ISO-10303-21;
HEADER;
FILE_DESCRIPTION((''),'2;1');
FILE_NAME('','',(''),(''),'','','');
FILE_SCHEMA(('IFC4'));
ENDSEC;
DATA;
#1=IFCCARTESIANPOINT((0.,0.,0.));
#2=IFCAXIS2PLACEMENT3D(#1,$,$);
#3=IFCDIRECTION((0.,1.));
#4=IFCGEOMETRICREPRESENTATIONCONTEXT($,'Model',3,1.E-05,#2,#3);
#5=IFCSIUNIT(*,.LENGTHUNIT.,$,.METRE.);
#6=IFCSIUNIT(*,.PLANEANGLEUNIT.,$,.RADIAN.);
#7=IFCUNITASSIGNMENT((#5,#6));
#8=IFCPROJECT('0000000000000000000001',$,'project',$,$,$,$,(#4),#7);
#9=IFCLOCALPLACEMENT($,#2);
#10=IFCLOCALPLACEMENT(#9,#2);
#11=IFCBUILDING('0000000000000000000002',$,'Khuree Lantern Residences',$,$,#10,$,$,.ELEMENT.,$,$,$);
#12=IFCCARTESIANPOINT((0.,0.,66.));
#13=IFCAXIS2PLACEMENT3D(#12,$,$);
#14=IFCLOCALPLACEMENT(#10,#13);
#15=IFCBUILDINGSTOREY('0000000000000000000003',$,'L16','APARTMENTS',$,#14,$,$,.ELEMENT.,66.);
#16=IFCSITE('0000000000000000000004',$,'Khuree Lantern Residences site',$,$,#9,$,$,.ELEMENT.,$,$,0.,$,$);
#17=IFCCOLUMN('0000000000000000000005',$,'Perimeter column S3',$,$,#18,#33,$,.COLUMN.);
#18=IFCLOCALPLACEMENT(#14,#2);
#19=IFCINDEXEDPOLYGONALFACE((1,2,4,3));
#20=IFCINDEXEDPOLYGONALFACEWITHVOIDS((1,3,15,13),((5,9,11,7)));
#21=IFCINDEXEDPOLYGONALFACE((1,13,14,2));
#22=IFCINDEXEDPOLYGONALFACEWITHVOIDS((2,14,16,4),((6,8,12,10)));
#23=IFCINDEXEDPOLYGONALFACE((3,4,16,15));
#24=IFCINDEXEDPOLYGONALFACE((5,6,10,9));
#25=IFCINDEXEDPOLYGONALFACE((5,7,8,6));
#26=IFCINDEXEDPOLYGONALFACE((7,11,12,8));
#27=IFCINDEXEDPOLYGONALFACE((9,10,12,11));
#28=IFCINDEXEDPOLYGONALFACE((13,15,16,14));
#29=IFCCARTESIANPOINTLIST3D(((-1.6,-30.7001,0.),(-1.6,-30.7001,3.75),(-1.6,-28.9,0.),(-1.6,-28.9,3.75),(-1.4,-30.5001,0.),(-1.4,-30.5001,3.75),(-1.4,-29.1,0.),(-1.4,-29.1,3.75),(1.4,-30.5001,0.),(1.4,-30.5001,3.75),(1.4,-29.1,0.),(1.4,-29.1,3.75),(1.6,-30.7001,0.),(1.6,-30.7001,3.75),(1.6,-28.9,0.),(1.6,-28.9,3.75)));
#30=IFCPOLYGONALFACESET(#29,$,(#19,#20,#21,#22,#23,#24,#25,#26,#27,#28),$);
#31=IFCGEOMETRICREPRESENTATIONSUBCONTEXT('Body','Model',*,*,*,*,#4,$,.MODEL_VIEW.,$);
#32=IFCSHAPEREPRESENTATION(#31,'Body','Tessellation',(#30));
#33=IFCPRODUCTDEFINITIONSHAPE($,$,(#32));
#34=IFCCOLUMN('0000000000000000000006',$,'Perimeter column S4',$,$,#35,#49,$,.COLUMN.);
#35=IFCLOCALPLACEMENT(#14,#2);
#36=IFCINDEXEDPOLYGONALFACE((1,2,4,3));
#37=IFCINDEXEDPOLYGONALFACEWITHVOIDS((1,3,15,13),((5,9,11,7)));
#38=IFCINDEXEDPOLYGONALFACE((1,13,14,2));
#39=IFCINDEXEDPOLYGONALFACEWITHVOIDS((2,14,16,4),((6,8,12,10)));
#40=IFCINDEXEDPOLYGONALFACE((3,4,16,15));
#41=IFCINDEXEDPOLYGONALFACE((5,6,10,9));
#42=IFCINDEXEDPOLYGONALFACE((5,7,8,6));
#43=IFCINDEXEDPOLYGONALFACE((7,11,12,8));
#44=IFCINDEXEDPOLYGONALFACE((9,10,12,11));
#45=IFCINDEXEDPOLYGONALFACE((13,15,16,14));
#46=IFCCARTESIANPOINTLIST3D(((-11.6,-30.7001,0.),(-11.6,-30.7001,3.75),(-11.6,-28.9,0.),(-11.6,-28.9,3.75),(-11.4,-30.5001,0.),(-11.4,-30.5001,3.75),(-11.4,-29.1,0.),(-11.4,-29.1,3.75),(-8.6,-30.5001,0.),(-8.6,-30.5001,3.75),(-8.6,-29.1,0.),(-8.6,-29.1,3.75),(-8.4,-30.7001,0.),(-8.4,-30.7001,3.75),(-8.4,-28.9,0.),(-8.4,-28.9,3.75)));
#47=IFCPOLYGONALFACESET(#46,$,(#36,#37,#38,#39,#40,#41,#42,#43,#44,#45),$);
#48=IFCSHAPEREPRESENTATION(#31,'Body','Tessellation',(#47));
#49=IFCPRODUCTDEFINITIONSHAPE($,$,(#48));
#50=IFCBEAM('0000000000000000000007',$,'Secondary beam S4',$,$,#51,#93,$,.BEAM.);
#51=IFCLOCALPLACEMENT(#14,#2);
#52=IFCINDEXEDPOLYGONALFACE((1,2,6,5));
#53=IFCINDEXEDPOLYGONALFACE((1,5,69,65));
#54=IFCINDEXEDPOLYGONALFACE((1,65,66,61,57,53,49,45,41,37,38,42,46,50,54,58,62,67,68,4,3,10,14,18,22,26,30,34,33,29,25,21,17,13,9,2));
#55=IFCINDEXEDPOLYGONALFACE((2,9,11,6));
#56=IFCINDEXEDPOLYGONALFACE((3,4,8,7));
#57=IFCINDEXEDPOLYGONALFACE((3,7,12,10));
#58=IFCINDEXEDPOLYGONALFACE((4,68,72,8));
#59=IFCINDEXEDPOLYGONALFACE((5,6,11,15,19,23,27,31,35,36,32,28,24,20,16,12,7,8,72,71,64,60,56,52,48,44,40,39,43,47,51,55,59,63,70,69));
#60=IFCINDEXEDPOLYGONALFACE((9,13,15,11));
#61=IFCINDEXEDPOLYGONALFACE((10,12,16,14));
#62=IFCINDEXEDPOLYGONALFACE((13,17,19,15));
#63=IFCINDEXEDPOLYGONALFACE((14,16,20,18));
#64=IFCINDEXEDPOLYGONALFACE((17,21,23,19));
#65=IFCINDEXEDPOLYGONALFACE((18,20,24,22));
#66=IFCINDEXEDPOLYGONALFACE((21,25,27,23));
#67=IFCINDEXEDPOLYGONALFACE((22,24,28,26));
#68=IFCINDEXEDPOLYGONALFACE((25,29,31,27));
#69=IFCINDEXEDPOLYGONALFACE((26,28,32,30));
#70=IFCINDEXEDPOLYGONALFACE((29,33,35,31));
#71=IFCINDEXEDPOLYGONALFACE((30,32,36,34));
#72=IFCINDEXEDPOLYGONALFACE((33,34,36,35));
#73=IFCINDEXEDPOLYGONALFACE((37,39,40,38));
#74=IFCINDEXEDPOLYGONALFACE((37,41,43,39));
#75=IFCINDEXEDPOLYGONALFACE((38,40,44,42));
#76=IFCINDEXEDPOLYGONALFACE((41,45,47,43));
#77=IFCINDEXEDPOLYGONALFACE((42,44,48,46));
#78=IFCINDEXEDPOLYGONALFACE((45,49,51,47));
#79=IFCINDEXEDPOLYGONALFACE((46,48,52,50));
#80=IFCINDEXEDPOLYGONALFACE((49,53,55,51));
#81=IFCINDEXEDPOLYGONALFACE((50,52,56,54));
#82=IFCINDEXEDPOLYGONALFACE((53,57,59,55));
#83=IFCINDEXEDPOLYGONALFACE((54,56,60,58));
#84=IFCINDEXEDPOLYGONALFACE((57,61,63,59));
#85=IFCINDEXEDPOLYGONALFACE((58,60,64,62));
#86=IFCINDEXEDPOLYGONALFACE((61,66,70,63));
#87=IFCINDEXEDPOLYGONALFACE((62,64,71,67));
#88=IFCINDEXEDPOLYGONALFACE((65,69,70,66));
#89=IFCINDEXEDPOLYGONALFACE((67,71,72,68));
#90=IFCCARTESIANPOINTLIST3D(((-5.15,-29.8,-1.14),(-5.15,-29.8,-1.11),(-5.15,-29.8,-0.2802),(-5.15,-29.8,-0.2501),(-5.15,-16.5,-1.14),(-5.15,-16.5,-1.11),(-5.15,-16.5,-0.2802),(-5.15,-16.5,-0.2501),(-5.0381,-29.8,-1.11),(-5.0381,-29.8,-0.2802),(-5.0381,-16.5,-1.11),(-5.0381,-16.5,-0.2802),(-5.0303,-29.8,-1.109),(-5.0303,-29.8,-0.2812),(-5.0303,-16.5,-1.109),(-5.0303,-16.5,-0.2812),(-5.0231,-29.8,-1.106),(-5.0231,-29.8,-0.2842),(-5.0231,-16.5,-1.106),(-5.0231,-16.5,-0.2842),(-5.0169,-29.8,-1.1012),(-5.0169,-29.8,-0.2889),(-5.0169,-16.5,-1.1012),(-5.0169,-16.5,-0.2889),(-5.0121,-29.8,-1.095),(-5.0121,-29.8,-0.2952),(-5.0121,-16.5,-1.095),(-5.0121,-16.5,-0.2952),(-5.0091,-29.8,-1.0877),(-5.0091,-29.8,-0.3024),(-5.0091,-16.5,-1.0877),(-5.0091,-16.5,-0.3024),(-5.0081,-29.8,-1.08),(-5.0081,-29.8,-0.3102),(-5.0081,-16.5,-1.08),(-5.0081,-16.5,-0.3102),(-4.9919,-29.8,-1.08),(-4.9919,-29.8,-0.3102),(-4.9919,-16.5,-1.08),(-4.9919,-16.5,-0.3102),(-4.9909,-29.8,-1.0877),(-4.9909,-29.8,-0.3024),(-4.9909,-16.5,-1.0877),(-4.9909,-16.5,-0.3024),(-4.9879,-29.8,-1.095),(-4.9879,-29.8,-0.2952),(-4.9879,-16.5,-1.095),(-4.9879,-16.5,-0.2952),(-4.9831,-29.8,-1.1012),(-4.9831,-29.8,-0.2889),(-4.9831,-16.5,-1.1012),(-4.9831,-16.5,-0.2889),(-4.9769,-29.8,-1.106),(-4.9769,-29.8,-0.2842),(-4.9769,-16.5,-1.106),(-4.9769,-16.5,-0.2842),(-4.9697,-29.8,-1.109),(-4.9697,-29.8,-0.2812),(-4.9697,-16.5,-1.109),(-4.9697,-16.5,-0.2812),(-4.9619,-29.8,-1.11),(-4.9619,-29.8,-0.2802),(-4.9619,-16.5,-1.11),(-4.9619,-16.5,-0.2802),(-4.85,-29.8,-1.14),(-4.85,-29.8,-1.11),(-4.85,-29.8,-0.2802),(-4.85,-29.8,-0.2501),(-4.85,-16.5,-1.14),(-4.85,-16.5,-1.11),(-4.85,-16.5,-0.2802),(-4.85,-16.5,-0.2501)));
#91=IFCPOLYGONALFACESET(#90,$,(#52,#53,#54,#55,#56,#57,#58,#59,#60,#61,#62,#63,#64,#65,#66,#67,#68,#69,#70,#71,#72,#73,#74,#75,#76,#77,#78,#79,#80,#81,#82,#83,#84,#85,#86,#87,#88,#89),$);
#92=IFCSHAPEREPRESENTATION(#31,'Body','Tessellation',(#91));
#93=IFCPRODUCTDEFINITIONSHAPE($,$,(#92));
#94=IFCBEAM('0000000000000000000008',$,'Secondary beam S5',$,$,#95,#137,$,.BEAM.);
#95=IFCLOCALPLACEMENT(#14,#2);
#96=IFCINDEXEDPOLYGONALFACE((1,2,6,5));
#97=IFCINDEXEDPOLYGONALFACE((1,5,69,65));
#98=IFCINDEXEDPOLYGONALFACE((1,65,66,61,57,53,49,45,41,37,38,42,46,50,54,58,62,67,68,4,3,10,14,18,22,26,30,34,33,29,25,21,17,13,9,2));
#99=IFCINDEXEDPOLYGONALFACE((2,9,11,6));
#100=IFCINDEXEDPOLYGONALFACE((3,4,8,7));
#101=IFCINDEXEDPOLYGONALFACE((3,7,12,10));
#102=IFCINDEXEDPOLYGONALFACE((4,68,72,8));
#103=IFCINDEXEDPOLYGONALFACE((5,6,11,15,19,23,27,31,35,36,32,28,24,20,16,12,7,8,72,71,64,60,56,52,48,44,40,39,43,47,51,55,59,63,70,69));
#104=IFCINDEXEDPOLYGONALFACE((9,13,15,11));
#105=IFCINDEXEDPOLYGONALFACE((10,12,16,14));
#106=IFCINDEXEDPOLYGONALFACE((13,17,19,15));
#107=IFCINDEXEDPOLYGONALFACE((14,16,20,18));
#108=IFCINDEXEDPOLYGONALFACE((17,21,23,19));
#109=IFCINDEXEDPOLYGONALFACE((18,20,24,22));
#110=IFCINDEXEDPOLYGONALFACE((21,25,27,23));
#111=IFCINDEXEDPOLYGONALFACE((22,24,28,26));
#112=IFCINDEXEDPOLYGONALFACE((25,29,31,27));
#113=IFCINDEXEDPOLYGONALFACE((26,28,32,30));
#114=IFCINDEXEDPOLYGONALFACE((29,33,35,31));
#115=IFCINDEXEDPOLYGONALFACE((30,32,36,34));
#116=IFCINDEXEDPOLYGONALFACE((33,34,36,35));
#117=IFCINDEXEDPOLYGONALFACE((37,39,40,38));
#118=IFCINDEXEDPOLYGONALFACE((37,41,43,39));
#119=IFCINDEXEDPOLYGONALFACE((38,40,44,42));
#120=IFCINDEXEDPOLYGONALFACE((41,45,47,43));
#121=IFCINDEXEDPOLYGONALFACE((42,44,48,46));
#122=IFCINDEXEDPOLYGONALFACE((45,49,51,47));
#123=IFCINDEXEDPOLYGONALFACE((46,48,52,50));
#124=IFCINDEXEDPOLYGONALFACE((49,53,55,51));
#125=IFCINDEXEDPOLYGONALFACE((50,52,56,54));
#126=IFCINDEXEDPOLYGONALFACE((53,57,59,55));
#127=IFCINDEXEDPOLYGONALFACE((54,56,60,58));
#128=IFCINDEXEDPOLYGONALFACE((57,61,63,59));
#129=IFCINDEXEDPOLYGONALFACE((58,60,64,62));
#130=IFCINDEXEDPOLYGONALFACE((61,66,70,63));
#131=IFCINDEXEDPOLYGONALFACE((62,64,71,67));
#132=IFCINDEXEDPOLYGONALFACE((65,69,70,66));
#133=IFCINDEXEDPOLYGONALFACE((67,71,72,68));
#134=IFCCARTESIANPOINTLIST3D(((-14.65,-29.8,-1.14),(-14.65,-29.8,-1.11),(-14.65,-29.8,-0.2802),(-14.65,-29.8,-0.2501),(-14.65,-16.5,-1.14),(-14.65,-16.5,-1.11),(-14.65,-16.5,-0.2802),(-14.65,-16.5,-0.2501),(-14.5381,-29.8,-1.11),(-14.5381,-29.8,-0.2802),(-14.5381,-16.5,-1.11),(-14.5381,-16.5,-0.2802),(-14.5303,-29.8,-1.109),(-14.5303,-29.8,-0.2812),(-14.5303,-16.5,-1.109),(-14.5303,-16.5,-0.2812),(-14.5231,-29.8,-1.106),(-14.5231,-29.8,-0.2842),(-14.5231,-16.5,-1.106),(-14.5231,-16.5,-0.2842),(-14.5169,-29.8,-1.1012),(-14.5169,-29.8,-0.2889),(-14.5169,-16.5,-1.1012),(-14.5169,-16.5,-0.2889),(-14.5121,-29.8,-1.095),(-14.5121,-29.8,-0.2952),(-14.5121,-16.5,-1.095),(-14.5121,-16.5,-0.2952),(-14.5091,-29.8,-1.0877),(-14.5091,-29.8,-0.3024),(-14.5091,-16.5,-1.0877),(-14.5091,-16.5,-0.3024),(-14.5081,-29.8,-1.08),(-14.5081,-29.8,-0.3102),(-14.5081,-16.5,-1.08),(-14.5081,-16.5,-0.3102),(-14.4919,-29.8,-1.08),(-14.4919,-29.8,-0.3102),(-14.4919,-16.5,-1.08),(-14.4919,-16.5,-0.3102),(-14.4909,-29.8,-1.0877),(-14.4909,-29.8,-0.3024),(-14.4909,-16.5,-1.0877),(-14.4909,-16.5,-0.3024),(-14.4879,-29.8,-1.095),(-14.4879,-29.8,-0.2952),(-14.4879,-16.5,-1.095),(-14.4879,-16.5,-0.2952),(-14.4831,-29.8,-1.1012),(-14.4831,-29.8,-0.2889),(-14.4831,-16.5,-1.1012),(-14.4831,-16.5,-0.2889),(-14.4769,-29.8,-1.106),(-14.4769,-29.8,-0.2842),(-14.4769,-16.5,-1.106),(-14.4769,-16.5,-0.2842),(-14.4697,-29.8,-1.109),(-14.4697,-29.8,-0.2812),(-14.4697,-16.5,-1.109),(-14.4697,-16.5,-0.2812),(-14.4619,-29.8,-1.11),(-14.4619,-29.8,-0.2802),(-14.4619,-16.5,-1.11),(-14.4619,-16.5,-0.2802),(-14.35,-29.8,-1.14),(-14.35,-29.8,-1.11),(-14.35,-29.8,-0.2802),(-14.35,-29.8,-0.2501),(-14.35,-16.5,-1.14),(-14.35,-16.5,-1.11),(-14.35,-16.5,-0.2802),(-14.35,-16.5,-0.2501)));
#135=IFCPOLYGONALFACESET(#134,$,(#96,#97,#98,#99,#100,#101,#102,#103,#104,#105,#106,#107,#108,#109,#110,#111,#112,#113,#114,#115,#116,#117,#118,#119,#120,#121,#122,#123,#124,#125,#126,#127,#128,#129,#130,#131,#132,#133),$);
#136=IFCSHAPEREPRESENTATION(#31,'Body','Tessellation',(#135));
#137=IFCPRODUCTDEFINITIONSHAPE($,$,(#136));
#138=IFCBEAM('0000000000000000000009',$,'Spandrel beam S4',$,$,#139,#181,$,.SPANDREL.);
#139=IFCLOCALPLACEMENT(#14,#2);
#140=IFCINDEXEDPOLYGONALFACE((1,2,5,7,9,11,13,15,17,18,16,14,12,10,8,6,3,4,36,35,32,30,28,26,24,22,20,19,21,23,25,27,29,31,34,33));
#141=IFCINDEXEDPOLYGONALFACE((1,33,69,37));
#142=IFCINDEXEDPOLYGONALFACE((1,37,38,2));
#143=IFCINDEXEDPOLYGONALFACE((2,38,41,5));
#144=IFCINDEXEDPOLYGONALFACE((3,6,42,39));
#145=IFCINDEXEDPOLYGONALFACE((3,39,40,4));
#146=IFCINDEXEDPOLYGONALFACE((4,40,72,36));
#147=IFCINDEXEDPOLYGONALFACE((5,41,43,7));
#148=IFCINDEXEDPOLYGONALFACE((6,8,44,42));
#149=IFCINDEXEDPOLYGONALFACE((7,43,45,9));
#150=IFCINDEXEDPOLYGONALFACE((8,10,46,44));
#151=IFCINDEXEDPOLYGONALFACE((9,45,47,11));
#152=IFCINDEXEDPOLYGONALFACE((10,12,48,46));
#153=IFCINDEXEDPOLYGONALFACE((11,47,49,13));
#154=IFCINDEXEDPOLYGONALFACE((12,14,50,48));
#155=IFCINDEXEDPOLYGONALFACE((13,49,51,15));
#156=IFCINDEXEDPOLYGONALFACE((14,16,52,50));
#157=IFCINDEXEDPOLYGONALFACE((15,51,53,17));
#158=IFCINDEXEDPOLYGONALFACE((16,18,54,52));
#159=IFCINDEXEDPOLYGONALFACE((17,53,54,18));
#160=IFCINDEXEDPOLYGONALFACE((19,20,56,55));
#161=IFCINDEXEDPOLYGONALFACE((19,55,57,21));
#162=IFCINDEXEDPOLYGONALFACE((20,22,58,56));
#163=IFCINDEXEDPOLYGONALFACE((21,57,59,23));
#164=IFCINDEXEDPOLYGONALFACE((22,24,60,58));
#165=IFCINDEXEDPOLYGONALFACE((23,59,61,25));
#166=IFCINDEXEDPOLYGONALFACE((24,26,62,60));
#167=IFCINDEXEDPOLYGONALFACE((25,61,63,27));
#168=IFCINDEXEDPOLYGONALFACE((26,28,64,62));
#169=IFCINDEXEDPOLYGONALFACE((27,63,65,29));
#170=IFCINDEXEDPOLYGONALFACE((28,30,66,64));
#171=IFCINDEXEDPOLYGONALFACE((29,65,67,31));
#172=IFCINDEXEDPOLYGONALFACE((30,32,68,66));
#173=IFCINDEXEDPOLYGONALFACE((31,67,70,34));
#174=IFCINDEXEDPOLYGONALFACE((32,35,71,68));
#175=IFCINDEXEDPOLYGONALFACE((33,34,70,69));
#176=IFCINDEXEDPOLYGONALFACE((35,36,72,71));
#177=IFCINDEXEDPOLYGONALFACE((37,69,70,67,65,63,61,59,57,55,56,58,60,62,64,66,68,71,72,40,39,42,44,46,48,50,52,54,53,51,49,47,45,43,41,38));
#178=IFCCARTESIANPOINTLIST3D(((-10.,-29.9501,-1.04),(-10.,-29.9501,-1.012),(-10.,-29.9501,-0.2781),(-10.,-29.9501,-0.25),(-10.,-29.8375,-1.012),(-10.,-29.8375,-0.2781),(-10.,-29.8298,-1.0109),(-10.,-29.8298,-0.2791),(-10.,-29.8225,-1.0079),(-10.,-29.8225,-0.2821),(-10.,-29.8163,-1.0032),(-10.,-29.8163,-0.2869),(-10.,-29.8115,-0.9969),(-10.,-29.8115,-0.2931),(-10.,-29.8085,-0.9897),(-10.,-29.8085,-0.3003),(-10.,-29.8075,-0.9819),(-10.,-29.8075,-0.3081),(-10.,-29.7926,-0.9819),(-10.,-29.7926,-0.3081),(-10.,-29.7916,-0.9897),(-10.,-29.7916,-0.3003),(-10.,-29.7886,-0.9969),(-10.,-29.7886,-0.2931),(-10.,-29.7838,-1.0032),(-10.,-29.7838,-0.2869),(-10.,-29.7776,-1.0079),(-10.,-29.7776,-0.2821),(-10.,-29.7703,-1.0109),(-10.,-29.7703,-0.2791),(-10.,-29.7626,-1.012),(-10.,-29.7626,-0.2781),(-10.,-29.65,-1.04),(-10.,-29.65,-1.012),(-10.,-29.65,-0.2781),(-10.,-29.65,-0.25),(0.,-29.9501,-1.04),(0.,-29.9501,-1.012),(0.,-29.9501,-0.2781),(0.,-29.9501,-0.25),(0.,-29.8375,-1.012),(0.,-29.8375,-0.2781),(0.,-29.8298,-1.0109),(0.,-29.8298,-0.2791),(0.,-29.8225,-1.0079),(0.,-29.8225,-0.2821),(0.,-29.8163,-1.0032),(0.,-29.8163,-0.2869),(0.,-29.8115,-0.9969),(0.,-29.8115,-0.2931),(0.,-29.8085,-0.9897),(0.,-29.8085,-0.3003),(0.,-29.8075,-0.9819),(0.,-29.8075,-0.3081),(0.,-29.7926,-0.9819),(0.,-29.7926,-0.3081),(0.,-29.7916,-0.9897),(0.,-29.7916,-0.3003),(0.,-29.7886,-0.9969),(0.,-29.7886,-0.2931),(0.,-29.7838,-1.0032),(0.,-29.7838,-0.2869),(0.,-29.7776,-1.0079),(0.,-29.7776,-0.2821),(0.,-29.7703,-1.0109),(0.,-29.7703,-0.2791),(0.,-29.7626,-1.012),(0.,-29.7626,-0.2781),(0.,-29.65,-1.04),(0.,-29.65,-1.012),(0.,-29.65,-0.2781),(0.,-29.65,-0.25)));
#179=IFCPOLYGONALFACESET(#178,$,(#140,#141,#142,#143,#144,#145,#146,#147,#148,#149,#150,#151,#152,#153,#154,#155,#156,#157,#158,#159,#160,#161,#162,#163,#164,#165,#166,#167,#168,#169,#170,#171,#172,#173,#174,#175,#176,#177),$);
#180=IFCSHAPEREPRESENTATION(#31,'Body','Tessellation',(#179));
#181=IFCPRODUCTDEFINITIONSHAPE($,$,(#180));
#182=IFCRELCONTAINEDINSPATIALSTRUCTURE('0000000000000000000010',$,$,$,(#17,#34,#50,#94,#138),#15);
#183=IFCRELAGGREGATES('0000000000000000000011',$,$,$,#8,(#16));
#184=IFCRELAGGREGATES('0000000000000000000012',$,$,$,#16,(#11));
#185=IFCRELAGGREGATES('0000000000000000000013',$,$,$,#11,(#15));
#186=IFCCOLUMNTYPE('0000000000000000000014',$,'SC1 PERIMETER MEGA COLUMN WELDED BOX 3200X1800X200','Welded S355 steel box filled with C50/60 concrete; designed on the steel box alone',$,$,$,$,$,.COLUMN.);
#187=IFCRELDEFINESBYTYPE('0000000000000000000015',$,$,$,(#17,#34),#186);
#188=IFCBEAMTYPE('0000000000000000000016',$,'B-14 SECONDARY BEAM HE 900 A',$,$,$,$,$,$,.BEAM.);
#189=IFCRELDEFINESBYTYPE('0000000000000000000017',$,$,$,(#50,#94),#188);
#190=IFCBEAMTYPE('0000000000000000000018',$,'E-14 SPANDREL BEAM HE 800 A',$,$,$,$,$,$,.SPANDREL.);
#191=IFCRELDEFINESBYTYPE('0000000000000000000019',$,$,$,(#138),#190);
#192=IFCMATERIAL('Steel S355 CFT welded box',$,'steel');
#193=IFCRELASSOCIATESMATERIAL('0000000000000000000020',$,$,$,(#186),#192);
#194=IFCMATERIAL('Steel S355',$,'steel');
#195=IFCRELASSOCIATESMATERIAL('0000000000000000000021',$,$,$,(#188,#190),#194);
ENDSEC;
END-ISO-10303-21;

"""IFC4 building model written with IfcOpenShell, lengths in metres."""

from ifc_helpers import new_model, si_unit, direction, frame, origin, origin_2d, place, context, subcontext, project, spatial, hollow_rectangle, i_section, extrude, material, material_profile, profile_set, type_object, element, save


model = new_model("IFC4")

# Units and contexts
model_context = context("Model", 3, precision=1e-05, world=origin(), true_north=direction((0.0, 1.0)))
body_context = subcontext(model_context, "Body", "Model", "MODEL_VIEW")
ifc_project = project(units=[si_unit("LENGTHUNIT", "METRE"), si_unit("PLANEANGLEUNIT", "RADIAN")], contexts=[model_context])

# Site, building, storey
site_placement = place(None, origin())
site = spatial("IfcSite", under=ifc_project, at=site_placement, Name="Khuree Lantern Residences site", CompositionType="ELEMENT", RefElevation=0.0)
building_placement = place(site_placement, origin())
building = spatial("IfcBuilding", under=site, at=building_placement, Name="Khuree Lantern Residences", CompositionType="ELEMENT")
storey_placement = place(building_placement, frame((0.0, 0.0, 66.0)))
storey = spatial("IfcBuildingStorey", under=building, at=storey_placement, Name="L16", Description="APARTMENTS", CompositionType="ELEMENT", Elevation=66.0)

# Columns
ifc_material_1 = material(Name="Steel S355 CFT welded box", Category="steel")
ifc_material_profile_1 = material_profile(ifc_material_1, hollow_rectangle(XDim=3.2, YDim=1.8, WallThickness=0.2, at=origin_2d()), Name="WELDED BOX 3200X1800X200")
ifc_profile_set_1 = profile_set([ifc_material_profile_1], Name="Steel S355 CFT welded box")
column_type = type_object("IfcColumnType", Name="SC1 PERIMETER MEGA COLUMN WELDED BOX 3200X1800X200", Description="Welded S355 steel box filled with C50/60 concrete; designed on the steel box alone", PredefinedType="COLUMN", material=ifc_profile_set_1)
for number, where, z_axis, x_axis, name in (
    (1, (0.0, -29.8, 0.0), (0.0, 0.0, 1.0), (1.0, 0.0, 0.0), "Perimeter column S3"),
    (2, (-10.0, -29.8, 0.0), (0.0, 0.0, 1.0), (1.0, 0.0, 0.0), "Perimeter column S4"),
):
    element("IfcColumn", number, at=place(storey_placement, frame(where, z_axis=z_axis, x_axis=x_axis)), inside=storey, type_object=column_type, Name=name, PredefinedType="COLUMN", context=body_context, shape_type="SweptSolid", body=[
        extrude(hollow_rectangle(XDim=3.2, YDim=1.8, WallThickness=0.2, at=origin_2d()), origin(), (0.0, 0.0, 1.0), 3.75),
    ])

# Beams
ifc_material_2 = material(Name="Steel S355", Category="steel")
ifc_material_profile_2 = material_profile(ifc_material_2, i_section(OverallWidth=0.3, OverallDepth=0.8899, WebThickness=0.0161, FlangeThickness=0.03, FilletRadius=0.03, at=origin_2d()), Name="HE 900 A")
ifc_profile_set_2 = profile_set([ifc_material_profile_2], Name="Steel S355")
beam_type_1 = type_object("IfcBeamType", Name="B-14 SECONDARY BEAM HE 900 A", PredefinedType="BEAM", material=ifc_profile_set_2)
for number, where, z_axis, x_axis, name in (
    (3, (-5.0, -29.8, -0.6951), (0.0, 1.0, 0.0), (-1.0, 0.0, 0.0), "Secondary beam S4"),
    (4, (-14.5, -29.8, -0.6951), (0.0, 1.0, 0.0), (-1.0, 0.0, 0.0), "Secondary beam S5"),
):
    element("IfcBeam", number, at=place(storey_placement, frame(where, z_axis=z_axis, x_axis=x_axis)), inside=storey, type_object=beam_type_1, Name=name, PredefinedType="BEAM", context=body_context, shape_type="SweptSolid", body=[
        extrude(i_section(OverallWidth=0.3, OverallDepth=0.8899, WebThickness=0.0161, FlangeThickness=0.03, FilletRadius=0.03, at=origin_2d()), origin(), (0.0, 0.0, 1.0), 13.3),
    ])
ifc_material_profile_3 = material_profile(ifc_material_2, i_section(OverallWidth=0.3, OverallDepth=0.79, WebThickness=0.0149, FlangeThickness=0.0281, FilletRadius=0.03, at=origin_2d()), Name="HE 800 A")
ifc_profile_set_3 = profile_set([ifc_material_profile_3], Name="Steel S355")
beam_type_2 = type_object("IfcBeamType", Name="E-14 SPANDREL BEAM HE 800 A", PredefinedType="SPANDREL", material=ifc_profile_set_3)
for number, where, z_axis, x_axis, name in (
    (5, (0.0, -29.8, -0.645), (-1.0, 0.0, 0.0), (0.0, -1.0, 0.0), "Spandrel beam S4"),
):
    element("IfcBeam", number, at=place(storey_placement, frame(where, z_axis=z_axis, x_axis=x_axis)), inside=storey, type_object=beam_type_2, Name=name, PredefinedType="SPANDREL", context=body_context, shape_type="SweptSolid", body=[
        extrude(i_section(OverallWidth=0.3, OverallDepth=0.79, WebThickness=0.0149, FlangeThickness=0.0281, FilletRadius=0.03, at=origin_2d()), origin(), (0.0, 0.0, 1.0), 10.0),
    ])

save(model, "model.ifc")
